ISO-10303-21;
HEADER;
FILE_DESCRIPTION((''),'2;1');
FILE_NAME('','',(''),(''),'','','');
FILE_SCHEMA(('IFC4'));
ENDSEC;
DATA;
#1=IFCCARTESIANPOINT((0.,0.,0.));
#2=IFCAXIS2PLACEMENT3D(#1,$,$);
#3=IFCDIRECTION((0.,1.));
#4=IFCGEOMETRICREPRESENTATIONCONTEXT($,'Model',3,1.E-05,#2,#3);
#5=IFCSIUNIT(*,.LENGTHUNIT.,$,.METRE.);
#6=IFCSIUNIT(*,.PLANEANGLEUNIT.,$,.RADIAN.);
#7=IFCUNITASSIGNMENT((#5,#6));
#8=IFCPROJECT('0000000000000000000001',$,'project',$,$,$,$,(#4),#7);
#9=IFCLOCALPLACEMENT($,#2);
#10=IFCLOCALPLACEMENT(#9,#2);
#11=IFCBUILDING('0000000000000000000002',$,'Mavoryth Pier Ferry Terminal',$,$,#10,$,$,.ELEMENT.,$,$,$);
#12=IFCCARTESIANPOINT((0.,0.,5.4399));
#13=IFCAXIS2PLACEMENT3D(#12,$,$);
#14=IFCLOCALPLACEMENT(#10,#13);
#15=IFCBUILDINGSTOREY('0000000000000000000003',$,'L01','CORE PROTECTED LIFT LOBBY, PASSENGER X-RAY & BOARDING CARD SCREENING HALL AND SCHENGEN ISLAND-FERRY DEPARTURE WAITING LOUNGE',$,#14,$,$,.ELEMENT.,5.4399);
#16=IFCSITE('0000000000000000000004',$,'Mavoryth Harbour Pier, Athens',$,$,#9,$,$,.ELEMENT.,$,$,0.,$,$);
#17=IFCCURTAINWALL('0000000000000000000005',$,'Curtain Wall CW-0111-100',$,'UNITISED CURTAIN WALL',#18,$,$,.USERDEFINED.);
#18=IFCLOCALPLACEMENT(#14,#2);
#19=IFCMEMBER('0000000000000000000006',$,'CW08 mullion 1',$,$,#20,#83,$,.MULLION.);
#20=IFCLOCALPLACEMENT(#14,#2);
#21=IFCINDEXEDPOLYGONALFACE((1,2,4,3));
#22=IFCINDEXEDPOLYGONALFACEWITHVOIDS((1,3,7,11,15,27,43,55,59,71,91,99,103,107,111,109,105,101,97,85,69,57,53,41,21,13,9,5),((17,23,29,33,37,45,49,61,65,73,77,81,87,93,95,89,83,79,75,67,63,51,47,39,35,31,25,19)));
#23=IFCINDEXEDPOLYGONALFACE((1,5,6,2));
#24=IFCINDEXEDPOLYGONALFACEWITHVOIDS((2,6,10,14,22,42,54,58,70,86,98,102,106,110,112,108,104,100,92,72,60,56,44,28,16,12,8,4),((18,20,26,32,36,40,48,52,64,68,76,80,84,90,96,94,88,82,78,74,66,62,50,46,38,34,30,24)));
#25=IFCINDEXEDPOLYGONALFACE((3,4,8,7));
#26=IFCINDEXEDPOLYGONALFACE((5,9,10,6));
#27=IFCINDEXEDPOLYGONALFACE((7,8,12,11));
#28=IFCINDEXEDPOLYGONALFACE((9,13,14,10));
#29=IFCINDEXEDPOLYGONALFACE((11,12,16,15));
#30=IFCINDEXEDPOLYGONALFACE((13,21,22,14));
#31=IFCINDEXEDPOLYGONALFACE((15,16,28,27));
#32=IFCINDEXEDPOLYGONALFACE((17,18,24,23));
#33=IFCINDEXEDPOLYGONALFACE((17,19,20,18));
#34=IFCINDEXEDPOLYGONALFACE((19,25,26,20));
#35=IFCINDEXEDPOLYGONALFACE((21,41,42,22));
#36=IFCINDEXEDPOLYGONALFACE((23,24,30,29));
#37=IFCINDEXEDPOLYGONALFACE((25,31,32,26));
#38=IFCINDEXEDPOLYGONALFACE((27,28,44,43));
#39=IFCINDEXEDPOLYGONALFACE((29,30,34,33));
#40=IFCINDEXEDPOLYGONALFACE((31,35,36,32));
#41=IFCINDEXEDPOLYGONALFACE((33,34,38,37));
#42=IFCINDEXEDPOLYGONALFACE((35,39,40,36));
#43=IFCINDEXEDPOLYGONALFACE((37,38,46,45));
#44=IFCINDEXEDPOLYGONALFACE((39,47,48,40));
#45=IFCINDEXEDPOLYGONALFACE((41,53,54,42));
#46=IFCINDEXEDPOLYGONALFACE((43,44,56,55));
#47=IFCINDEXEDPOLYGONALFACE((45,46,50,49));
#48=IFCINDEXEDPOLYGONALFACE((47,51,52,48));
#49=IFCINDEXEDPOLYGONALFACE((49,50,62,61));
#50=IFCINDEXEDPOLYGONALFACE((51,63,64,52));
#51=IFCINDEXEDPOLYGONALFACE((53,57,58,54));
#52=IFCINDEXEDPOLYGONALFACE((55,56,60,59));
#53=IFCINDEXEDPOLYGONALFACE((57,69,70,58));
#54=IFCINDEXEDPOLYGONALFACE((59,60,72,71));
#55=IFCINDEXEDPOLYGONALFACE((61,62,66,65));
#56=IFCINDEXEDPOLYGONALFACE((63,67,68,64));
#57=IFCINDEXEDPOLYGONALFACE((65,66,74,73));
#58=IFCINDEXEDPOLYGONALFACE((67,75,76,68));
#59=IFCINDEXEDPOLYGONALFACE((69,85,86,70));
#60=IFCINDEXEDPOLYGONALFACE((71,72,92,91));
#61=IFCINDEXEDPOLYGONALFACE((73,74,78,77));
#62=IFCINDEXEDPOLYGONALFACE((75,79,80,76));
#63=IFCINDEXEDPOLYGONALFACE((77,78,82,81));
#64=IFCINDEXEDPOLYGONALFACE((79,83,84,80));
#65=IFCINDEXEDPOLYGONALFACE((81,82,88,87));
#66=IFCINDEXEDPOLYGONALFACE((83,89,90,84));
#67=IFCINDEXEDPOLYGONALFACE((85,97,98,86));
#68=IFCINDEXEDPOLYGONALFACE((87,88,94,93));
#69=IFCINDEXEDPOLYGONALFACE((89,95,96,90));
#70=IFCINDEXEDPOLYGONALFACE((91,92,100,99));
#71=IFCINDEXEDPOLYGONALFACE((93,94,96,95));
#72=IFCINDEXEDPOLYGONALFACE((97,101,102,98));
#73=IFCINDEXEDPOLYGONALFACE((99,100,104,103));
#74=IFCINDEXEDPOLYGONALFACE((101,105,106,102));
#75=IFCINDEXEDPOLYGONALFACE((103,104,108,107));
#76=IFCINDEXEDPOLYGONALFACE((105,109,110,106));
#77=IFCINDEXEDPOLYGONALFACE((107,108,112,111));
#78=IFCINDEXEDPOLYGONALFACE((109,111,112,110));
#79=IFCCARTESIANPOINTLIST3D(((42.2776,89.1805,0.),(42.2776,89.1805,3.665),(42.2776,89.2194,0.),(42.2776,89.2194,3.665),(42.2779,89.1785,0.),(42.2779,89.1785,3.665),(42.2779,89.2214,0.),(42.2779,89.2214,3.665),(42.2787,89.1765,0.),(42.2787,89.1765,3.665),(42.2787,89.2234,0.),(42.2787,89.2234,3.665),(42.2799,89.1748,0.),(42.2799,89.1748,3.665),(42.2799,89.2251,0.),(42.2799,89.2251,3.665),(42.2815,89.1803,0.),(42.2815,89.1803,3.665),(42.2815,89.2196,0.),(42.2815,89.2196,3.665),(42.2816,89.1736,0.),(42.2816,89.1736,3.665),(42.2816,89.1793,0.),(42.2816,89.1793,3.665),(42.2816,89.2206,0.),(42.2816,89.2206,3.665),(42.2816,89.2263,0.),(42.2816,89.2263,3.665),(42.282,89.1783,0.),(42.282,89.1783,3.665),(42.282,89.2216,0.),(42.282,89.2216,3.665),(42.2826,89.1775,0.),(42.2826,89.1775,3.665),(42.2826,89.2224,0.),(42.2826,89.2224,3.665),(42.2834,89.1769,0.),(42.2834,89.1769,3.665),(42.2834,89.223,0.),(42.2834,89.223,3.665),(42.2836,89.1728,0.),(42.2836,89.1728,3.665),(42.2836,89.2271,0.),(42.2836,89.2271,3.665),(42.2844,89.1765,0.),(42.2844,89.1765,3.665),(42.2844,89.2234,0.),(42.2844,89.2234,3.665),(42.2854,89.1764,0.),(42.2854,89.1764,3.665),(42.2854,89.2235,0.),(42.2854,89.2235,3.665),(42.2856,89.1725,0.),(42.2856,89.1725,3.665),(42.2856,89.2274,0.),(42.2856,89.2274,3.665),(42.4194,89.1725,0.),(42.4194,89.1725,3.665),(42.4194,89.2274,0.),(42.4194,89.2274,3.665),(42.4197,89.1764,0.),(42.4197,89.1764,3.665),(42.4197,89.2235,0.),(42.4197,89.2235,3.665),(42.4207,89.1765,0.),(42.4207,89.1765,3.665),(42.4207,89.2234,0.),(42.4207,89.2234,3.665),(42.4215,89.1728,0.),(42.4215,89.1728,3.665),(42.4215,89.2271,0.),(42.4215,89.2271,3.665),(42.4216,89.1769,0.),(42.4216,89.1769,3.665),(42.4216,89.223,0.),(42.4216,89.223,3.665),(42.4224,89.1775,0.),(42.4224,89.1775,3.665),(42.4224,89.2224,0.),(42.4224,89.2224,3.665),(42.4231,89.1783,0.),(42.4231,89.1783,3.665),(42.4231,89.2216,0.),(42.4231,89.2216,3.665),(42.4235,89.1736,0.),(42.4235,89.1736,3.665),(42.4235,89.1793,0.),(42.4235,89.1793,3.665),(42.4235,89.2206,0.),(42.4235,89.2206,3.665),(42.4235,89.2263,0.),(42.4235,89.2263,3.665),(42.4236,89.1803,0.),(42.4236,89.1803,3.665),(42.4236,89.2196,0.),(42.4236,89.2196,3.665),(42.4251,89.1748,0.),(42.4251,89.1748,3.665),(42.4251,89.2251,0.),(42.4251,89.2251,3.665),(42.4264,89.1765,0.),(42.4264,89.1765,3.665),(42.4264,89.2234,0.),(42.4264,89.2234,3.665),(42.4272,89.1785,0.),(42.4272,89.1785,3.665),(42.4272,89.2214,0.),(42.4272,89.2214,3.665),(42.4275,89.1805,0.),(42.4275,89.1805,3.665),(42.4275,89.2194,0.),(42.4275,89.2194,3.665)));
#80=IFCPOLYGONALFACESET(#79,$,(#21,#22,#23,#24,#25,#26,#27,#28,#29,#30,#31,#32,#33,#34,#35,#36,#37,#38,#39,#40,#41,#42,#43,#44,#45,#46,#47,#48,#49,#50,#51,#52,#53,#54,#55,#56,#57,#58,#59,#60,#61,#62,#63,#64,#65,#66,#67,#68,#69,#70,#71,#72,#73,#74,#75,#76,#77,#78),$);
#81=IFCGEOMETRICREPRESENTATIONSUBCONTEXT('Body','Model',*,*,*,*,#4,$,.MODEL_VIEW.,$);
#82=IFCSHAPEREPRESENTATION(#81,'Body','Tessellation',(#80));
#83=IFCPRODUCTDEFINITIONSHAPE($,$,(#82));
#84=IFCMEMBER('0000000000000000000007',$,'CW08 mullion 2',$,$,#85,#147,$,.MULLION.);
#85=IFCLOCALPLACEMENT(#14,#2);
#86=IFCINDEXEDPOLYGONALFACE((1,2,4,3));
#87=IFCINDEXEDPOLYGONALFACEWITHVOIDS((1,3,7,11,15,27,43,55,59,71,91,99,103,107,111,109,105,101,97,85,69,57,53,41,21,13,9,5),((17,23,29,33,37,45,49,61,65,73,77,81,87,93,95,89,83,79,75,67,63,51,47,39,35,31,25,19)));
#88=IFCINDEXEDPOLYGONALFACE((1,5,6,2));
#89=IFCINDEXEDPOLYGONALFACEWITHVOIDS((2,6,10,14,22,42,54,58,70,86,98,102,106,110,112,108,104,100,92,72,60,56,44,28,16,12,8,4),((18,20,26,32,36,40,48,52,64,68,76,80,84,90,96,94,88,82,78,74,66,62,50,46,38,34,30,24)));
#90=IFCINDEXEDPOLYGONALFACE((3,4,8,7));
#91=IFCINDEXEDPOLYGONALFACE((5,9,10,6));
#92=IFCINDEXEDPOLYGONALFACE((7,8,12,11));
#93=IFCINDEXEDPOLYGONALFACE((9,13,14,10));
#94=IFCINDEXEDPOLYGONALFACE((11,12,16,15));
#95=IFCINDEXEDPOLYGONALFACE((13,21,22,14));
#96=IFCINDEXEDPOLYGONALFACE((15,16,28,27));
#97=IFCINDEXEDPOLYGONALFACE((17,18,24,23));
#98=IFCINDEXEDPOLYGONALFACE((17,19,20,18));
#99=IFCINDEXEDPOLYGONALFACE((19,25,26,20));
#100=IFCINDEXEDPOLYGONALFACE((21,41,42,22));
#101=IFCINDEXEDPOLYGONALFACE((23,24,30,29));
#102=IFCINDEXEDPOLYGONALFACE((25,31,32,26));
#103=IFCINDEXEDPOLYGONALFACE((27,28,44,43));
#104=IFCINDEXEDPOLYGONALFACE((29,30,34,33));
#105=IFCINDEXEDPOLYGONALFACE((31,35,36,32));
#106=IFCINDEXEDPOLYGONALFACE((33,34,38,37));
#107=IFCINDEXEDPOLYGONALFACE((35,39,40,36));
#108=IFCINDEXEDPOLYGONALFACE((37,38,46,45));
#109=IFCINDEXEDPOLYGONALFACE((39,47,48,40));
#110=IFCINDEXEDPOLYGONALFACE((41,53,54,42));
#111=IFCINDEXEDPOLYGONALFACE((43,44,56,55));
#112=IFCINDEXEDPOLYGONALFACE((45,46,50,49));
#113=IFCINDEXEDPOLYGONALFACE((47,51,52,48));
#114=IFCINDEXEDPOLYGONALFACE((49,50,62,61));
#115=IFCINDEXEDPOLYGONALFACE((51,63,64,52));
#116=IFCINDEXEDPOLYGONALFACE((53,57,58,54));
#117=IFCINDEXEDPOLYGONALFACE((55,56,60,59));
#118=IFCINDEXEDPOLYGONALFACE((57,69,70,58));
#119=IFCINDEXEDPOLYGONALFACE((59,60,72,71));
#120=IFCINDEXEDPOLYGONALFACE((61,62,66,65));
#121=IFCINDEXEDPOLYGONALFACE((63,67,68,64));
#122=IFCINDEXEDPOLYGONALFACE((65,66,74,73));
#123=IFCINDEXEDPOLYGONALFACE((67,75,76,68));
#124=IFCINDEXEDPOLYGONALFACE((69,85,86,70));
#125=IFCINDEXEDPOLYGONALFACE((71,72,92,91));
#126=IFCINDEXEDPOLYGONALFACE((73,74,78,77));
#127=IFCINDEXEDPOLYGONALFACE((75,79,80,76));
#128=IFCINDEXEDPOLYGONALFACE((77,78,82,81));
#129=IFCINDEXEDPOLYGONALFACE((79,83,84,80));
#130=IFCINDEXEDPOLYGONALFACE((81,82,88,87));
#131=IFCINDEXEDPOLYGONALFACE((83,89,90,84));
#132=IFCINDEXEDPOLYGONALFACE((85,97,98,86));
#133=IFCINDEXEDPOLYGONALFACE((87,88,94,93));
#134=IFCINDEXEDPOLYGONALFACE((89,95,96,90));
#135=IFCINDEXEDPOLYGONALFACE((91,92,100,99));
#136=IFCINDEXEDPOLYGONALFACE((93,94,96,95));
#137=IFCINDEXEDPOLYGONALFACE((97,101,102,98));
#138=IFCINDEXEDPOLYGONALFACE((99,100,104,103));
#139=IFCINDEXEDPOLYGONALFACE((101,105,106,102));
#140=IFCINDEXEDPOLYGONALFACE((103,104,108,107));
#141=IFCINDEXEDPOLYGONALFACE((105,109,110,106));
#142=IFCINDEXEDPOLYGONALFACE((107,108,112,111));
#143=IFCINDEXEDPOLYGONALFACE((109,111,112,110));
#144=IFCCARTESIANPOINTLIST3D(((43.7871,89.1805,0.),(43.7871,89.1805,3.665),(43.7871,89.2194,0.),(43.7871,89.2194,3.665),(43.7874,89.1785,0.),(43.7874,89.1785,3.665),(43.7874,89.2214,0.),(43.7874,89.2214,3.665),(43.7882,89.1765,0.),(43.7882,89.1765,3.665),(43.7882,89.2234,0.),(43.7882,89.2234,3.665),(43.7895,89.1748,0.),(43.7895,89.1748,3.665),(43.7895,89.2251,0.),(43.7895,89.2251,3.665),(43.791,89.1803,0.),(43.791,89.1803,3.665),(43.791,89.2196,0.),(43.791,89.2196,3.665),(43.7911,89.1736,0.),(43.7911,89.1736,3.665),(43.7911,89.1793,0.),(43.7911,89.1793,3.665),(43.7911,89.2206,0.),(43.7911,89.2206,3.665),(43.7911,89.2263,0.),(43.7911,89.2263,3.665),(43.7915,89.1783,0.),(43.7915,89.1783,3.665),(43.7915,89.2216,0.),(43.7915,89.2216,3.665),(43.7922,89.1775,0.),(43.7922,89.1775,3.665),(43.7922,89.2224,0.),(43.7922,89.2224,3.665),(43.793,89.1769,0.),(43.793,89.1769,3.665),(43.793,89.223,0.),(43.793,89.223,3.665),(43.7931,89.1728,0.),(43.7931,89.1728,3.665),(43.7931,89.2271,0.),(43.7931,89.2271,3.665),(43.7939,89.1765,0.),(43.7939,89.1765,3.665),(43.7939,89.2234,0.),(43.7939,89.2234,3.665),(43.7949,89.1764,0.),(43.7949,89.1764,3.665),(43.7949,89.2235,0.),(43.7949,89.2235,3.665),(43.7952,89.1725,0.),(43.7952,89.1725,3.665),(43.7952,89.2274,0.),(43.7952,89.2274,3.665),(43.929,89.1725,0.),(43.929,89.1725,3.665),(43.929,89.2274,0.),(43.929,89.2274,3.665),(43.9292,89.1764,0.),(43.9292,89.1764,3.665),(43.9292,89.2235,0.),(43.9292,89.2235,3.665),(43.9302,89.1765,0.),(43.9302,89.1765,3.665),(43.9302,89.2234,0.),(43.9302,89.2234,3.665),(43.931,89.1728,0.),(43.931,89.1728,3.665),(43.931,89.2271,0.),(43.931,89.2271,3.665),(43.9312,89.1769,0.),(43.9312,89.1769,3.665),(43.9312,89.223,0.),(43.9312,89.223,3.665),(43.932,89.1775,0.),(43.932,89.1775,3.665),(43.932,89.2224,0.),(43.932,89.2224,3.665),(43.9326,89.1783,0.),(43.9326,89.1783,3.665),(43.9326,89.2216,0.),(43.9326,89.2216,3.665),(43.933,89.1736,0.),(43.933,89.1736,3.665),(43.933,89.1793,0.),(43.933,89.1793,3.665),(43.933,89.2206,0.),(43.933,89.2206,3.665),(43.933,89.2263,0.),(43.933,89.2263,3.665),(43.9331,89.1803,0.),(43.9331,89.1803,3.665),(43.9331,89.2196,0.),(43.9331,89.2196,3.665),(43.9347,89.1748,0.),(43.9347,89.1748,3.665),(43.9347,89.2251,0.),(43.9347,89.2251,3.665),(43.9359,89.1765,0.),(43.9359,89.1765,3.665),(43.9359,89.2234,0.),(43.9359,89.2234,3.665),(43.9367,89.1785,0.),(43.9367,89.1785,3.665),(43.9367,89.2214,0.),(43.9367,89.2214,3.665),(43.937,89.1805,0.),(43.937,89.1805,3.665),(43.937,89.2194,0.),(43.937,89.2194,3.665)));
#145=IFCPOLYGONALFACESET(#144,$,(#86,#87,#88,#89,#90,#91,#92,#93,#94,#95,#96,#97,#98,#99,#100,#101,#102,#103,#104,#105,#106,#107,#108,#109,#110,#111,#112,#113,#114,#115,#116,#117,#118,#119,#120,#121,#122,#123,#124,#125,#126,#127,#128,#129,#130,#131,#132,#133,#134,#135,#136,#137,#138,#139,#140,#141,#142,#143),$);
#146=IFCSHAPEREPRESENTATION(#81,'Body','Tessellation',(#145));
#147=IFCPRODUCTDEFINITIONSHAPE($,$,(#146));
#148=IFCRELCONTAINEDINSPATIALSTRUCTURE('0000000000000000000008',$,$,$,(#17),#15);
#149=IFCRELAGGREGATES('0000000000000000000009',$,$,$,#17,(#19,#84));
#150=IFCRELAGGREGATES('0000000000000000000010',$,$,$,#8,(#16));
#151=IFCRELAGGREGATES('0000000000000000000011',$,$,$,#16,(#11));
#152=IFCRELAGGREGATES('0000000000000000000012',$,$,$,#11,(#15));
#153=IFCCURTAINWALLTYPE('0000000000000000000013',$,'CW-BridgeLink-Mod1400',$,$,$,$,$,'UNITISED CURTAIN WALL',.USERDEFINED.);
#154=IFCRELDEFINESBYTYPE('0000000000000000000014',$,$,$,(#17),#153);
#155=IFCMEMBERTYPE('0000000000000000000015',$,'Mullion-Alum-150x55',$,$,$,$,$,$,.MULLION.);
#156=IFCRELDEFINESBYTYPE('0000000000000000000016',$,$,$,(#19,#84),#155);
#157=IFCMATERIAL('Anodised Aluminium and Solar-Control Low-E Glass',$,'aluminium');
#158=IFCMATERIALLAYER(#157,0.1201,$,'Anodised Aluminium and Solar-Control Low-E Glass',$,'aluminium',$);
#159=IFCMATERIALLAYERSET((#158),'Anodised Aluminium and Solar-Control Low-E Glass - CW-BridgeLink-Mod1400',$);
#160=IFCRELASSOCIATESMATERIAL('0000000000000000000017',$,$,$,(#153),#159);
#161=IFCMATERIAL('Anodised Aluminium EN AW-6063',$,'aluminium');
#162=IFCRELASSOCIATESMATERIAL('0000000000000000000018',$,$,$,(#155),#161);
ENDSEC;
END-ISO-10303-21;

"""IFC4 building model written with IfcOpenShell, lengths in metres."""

from ifc_helpers import new_model, si_unit, direction, frame, origin, origin_2d, place, context, subcontext, project, spatial, hollow_rectangle, extrude, material, layer, layer_set, material_profile, profile_set, type_object, element, aggregate, save


model = new_model("IFC4")

# Units and contexts
model_context = context("Model", 3, precision=1e-05, world=origin(), true_north=direction((0.0, 1.0)))
body_context = subcontext(model_context, "Body", "Model", "MODEL_VIEW")
ifc_project = project(units=[si_unit("LENGTHUNIT", "METRE"), si_unit("PLANEANGLEUNIT", "RADIAN")], contexts=[model_context])

# Site, building, storey
site_placement = place(None, origin())
site = spatial("IfcSite", under=ifc_project, at=site_placement, Name="Mavoryth Harbour Pier, Athens", CompositionType="ELEMENT", RefElevation=0.0)
building_placement = place(site_placement, origin())
building = spatial("IfcBuilding", under=site, at=building_placement, Name="Mavoryth Pier Ferry Terminal", CompositionType="ELEMENT")
storey_placement = place(building_placement, frame((0.0, 0.0, 5.4399)))
storey = spatial("IfcBuildingStorey", under=building, at=storey_placement, Name="L01", Description="CORE PROTECTED LIFT LOBBY, PASSENGER X-RAY & BOARDING CARD SCREENING HALL AND SCHENGEN ISLAND-FERRY DEPARTURE WAITING LOUNGE", CompositionType="ELEMENT", Elevation=5.4399)

# Curtain wall, members
ifc_material_1 = material(Name="Anodised Aluminium and Solar-Control Low-E Glass", Category="aluminium")
ifc_layer_1 = layer(ifc_material_1, 0.1201, Name="Anodised Aluminium and Solar-Control Low-E Glass", Category="aluminium")
ifc_layer_set_1 = layer_set([ifc_layer_1], Name="Anodised Aluminium and Solar-Control Low-E Glass - CW-BridgeLink-Mod1400")
curtain_wall_type = type_object("IfcCurtainWallType", Name="CW-BridgeLink-Mod1400", ElementType="UNITISED CURTAIN WALL", PredefinedType="USERDEFINED", material=ifc_layer_set_1)
curtain_wall_placement = place(storey_placement, origin())
curtain_wall = element("IfcCurtainWall", 1, at=curtain_wall_placement, inside=storey, type_object=curtain_wall_type, Name="Curtain Wall CW-0111-100", ObjectType="UNITISED CURTAIN WALL", PredefinedType="USERDEFINED")
ifc_material_2 = material(Name="Anodised Aluminium EN AW-6063", Category="aluminium")
ifc_material_profile_1 = material_profile(ifc_material_2, hollow_rectangle(XDim=0.0549, YDim=0.1499, WallThickness=0.0039, InnerFilletRadius=0.0039, OuterFilletRadius=0.0081, at=origin_2d()), Name="AL-MULL 150x55x4", Category="aluminium")
ifc_profile_set_1 = profile_set([ifc_material_profile_1], Name="Anodised Aluminium EN AW-6063 - AL-MULL 150x55x4")
member_type_1 = type_object("IfcMemberType", Name="Mullion-Alum-150x55", PredefinedType="MULLION", material=ifc_profile_set_1)
member_1_placement = place(storey_placement, frame((42.3525, 89.2, 0.0), z_axis=(0.0, 0.0, 1.0), x_axis=(0.0, 1.0, 0.0)))
member_1 = element("IfcMember", 2, at=member_1_placement, type_object=member_type_1, Name="CW08 mullion 1", PredefinedType="MULLION", context=body_context, shape_type="SweptSolid", body=[
    extrude(hollow_rectangle(XDim=0.0549, YDim=0.1499, WallThickness=0.0039, InnerFilletRadius=0.0039, OuterFilletRadius=0.0081, at=origin_2d()), origin(), (0.0, 0.0, 1.0), 3.665),
])
member_2_placement = place(storey_placement, frame((43.8621, 89.2, 0.0), z_axis=(0.0, 0.0, 1.0), x_axis=(0.0, 1.0, 0.0)))
member_2 = element("IfcMember", 3, at=member_2_placement, type_object=member_type_1, Name="CW08 mullion 2", PredefinedType="MULLION", context=body_context, shape_type="SweptSolid", body=[
    extrude(hollow_rectangle(XDim=0.0549, YDim=0.1499, WallThickness=0.0039, InnerFilletRadius=0.0039, OuterFilletRadius=0.0081, at=origin_2d()), origin(), (0.0, 0.0, 1.0), 3.665),
])

aggregate(curtain_wall, [member_1, member_2])

save(model, "model.ifc")
